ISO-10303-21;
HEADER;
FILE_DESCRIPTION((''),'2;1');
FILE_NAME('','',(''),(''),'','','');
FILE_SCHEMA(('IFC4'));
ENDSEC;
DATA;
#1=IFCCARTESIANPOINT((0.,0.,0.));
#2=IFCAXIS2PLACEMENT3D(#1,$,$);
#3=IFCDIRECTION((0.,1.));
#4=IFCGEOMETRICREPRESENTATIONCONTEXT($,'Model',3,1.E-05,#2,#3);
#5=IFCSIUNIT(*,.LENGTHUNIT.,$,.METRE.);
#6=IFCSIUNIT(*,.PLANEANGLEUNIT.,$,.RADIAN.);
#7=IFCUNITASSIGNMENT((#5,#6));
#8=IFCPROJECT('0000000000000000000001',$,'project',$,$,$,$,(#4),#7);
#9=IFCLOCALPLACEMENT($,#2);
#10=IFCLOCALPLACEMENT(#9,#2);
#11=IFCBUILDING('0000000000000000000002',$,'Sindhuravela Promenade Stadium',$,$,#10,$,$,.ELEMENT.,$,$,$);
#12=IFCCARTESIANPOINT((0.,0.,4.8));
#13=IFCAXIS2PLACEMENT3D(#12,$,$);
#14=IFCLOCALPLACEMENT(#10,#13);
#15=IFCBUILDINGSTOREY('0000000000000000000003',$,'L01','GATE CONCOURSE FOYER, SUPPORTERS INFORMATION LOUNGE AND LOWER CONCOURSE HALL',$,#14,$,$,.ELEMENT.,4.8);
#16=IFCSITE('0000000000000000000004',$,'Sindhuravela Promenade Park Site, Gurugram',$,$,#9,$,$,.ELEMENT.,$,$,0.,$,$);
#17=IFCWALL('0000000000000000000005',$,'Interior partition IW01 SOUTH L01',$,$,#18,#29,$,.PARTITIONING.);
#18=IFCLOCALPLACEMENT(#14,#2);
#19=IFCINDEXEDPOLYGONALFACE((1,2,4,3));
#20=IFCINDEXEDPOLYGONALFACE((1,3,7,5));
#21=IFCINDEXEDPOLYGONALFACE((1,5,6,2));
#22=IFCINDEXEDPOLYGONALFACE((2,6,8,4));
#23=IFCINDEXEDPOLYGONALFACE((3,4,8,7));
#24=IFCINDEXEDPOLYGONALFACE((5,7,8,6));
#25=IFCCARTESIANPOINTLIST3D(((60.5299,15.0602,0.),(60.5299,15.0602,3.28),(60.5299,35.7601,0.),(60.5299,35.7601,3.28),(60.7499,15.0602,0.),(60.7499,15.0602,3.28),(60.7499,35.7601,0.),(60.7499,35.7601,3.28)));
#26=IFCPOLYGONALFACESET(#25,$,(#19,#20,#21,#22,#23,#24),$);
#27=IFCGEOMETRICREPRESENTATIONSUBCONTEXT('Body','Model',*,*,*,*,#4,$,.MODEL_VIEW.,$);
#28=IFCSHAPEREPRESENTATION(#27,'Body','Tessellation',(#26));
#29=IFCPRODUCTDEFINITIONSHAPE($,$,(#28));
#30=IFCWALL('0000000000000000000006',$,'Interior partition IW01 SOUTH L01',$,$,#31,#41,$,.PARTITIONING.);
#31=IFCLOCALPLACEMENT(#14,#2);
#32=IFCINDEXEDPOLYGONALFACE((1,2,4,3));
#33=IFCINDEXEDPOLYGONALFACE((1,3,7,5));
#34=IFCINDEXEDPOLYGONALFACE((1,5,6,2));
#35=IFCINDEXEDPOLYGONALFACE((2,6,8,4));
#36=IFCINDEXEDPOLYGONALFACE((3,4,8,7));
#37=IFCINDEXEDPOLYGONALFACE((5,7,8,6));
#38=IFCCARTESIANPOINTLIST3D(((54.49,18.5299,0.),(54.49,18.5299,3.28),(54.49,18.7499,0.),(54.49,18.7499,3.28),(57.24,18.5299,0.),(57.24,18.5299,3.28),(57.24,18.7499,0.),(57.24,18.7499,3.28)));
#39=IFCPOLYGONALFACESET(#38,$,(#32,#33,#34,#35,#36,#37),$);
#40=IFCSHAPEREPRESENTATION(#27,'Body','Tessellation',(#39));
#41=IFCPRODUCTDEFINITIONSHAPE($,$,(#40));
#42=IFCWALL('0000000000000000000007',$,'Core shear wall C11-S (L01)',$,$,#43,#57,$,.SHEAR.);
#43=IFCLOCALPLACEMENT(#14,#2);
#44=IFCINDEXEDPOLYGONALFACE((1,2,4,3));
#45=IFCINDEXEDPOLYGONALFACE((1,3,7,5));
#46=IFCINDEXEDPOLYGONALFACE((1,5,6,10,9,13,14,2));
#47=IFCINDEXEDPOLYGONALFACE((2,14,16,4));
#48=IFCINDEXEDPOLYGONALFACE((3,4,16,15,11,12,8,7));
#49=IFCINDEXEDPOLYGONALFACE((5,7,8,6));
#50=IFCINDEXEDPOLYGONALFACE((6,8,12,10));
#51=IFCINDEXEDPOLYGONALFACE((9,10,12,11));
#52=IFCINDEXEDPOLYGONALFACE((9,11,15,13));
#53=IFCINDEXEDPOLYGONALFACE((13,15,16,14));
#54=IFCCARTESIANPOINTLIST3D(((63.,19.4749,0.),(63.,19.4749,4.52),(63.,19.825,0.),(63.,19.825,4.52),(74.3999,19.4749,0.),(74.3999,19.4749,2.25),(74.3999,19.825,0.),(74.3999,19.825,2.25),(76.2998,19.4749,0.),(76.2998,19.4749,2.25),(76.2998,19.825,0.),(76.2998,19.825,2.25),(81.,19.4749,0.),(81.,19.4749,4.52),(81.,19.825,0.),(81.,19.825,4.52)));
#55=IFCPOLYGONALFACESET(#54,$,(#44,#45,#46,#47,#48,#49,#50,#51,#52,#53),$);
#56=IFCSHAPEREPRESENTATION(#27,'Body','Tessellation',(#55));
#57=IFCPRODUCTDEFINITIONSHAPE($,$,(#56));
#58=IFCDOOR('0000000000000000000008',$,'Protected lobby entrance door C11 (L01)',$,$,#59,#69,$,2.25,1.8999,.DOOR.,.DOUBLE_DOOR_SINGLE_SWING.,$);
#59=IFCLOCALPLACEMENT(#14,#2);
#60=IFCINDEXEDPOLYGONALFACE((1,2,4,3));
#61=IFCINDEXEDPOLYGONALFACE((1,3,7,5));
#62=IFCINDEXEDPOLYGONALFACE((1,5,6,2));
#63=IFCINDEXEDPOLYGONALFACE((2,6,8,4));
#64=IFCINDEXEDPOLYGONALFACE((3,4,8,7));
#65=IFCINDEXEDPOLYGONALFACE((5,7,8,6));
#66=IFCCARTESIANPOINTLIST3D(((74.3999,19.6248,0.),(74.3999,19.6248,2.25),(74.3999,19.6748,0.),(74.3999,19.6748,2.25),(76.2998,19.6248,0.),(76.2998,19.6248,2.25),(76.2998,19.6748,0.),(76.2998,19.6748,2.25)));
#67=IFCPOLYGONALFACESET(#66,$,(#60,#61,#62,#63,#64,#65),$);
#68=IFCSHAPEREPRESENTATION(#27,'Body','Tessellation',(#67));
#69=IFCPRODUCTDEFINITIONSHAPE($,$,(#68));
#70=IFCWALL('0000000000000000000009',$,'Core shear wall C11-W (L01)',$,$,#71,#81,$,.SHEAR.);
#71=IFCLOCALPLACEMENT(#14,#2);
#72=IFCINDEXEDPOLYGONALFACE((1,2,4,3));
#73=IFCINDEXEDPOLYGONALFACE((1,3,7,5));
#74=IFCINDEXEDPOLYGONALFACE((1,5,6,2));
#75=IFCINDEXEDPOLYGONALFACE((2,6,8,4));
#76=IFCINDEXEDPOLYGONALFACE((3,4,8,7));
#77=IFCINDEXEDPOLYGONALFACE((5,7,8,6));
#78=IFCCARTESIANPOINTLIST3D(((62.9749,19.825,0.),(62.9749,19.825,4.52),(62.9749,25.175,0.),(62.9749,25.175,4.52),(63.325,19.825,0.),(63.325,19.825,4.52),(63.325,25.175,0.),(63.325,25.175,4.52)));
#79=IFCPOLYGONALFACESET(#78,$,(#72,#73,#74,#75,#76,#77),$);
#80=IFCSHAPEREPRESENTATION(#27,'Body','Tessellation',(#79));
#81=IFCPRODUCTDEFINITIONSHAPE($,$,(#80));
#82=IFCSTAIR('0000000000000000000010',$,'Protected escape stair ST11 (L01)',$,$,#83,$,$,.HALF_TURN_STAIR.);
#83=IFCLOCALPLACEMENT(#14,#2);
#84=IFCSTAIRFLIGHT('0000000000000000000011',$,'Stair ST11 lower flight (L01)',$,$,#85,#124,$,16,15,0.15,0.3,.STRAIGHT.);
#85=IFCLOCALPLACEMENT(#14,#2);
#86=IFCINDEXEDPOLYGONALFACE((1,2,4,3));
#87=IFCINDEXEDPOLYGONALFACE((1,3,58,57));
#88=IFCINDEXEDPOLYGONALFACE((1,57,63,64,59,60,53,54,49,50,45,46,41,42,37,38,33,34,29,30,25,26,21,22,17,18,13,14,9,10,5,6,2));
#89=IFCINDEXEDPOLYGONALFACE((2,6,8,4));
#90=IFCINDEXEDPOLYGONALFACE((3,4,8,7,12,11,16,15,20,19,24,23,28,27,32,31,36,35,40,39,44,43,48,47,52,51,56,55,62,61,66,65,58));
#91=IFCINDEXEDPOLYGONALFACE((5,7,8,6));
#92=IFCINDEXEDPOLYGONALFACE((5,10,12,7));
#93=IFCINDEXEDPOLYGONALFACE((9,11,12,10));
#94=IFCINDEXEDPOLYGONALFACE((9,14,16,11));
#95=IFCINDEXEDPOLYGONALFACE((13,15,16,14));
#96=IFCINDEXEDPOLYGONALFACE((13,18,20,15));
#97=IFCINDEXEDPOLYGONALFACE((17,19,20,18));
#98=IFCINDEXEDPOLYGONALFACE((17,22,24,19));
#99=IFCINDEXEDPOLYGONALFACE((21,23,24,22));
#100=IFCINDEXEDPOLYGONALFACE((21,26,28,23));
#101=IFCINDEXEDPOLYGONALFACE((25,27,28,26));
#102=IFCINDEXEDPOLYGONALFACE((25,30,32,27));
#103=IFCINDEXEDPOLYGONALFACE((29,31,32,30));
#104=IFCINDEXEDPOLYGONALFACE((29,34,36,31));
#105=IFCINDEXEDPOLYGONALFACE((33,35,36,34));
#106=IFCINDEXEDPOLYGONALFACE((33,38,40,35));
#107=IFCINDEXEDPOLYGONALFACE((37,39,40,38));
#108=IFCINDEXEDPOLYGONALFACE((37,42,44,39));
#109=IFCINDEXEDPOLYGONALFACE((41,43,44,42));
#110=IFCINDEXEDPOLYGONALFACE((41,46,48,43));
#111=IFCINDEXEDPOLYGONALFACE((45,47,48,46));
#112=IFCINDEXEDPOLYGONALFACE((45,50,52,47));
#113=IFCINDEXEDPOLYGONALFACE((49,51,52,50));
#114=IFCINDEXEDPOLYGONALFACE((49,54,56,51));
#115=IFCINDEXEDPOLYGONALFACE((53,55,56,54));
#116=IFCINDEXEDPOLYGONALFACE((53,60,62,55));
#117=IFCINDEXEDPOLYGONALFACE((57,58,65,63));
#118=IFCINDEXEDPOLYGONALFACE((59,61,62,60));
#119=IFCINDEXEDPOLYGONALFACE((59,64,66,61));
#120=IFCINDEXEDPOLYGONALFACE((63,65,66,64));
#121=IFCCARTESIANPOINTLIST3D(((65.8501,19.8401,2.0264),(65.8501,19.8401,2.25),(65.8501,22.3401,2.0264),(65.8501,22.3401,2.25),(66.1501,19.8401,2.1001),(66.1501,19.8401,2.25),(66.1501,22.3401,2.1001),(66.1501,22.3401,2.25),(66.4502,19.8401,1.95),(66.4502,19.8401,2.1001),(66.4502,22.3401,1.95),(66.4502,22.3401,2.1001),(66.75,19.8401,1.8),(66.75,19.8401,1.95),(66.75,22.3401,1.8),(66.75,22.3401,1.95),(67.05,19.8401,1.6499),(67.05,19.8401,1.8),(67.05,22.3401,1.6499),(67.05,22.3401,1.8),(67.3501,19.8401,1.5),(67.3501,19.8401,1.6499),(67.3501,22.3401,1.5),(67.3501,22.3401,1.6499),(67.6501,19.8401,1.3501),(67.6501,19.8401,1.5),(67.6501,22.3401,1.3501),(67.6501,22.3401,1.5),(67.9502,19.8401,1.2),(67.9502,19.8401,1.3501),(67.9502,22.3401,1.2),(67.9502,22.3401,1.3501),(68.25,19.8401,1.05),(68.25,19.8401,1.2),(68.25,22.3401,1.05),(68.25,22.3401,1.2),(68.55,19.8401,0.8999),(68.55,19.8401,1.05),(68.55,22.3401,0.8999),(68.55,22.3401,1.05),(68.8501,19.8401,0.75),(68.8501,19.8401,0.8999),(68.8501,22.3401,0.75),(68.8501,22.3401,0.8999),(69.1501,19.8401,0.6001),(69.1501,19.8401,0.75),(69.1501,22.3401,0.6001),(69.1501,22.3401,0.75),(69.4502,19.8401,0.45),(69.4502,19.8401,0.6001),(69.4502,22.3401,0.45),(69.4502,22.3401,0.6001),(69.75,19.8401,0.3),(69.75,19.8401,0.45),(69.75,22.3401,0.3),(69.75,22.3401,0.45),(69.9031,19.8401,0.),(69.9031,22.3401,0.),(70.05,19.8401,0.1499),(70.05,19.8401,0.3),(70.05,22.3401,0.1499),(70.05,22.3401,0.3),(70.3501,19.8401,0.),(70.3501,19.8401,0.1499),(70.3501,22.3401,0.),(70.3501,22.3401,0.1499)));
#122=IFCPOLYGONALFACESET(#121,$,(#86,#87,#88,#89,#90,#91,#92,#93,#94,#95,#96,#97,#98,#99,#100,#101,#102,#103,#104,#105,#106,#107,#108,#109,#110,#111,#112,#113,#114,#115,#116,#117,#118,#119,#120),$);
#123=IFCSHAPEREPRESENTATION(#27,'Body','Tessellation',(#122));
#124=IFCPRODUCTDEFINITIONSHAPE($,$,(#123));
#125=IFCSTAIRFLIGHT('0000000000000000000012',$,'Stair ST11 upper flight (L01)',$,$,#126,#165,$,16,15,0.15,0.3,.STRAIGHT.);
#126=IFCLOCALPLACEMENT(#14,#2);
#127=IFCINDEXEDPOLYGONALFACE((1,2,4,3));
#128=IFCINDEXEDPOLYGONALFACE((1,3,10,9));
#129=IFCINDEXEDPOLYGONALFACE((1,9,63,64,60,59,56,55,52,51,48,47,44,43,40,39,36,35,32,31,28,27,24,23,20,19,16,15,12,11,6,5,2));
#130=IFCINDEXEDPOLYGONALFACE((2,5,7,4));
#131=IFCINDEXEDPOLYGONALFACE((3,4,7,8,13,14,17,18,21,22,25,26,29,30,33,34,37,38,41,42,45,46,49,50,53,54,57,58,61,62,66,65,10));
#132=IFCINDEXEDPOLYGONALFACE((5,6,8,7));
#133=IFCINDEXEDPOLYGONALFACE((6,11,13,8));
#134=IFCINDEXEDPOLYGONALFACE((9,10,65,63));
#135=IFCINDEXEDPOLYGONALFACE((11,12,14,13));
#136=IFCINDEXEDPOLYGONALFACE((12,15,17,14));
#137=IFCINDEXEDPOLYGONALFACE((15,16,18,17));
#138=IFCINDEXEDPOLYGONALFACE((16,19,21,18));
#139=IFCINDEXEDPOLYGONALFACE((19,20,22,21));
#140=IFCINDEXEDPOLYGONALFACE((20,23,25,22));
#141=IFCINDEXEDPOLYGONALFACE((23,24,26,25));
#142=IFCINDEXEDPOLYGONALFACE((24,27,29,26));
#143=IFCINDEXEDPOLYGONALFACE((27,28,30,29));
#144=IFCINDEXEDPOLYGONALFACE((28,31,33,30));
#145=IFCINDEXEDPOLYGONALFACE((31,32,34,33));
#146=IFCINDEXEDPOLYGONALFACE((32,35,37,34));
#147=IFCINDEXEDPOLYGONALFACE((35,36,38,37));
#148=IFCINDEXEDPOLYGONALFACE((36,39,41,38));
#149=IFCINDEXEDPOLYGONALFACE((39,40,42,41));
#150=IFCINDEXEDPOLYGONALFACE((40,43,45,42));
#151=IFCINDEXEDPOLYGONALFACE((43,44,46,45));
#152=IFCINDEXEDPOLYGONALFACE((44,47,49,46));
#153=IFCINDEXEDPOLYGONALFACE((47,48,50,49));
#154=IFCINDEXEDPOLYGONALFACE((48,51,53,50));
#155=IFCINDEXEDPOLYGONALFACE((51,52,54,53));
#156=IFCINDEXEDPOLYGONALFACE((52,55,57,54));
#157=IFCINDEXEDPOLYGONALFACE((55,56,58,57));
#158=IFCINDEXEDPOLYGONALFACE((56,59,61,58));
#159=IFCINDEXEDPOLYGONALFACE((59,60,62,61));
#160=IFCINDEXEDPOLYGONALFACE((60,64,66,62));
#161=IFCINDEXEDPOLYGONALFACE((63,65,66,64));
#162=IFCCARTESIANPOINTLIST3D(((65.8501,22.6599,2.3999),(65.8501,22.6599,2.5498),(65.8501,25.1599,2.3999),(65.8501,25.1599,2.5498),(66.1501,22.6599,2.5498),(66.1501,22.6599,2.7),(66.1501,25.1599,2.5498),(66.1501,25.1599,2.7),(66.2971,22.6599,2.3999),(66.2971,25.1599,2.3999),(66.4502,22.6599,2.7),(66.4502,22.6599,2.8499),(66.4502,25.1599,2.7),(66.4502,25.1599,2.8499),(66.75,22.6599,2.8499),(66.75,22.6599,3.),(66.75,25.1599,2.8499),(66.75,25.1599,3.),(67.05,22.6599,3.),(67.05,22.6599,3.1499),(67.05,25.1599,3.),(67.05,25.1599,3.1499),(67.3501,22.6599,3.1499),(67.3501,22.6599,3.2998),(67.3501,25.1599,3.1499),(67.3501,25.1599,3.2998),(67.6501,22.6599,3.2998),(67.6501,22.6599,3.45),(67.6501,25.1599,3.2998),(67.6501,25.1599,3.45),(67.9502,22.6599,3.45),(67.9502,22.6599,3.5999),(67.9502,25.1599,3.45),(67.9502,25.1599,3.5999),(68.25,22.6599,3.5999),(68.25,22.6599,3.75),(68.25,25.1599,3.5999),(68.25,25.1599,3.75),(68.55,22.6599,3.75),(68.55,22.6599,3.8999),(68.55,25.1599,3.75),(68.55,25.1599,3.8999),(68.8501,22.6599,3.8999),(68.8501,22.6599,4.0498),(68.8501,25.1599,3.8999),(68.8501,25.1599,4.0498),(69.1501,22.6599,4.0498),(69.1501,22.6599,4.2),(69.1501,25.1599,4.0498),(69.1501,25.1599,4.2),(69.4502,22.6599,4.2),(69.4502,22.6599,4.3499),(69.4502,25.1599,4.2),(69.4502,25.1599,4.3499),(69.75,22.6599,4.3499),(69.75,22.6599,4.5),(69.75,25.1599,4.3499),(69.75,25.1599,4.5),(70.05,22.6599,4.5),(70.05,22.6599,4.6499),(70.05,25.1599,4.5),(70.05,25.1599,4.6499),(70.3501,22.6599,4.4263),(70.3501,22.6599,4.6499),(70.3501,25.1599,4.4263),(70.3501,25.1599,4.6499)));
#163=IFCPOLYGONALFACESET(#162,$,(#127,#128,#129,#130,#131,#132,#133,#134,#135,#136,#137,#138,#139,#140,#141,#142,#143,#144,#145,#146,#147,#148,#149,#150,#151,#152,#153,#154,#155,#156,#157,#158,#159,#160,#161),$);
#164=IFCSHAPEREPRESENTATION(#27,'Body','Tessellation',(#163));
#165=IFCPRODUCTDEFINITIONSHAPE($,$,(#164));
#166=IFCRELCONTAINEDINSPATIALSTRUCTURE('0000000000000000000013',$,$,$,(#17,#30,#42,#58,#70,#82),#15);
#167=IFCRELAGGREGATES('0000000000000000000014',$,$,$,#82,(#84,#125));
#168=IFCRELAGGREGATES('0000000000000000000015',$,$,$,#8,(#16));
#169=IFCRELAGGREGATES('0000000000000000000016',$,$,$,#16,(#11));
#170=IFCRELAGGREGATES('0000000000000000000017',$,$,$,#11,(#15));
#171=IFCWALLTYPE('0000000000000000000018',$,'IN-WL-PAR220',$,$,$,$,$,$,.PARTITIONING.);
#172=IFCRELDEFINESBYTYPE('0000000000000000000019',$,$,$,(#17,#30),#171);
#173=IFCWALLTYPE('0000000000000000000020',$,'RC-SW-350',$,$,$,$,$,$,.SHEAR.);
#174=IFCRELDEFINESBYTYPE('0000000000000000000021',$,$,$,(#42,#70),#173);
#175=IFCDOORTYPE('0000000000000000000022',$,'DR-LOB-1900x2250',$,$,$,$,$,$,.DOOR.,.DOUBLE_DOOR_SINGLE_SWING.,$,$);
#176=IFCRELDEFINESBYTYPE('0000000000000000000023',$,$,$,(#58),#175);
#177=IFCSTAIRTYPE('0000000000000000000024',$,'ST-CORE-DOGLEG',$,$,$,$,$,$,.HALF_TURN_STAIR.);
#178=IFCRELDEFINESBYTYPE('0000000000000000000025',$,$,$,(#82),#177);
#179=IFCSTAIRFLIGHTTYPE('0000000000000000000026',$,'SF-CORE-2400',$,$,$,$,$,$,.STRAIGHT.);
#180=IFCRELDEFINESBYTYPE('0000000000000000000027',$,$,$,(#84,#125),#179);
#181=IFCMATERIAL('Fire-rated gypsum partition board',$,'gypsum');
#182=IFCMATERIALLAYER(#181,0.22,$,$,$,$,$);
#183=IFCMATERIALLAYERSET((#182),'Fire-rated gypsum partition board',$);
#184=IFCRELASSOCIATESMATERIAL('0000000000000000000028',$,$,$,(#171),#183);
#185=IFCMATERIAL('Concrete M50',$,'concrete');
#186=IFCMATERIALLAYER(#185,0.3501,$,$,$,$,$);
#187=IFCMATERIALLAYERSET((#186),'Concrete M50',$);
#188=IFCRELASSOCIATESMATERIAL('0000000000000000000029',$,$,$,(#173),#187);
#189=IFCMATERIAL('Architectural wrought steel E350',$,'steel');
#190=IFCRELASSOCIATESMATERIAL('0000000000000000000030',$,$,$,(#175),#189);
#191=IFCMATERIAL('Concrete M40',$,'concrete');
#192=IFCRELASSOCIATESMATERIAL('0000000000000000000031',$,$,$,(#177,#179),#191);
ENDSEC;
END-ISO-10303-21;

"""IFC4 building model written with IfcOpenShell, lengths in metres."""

from ifc_helpers import new_model, si_unit, direction, frame, frame_2d, origin, place, context, subcontext, project, spatial, polyline, rectangle, outline, extrude, material, layer, layer_set, type_object, element, fill, aggregate, save


model = new_model("IFC4")

# Units and contexts
model_context = context("Model", 3, precision=1e-05, world=origin(), true_north=direction((0.0, 1.0)))
body_context = subcontext(model_context, "Body", "Model", "MODEL_VIEW")
ifc_project = project(units=[si_unit("LENGTHUNIT", "METRE"), si_unit("PLANEANGLEUNIT", "RADIAN")], contexts=[model_context])

# Site, building, storey
site_placement = place(None, origin())
site = spatial("IfcSite", under=ifc_project, at=site_placement, Name="Sindhuravela Promenade Park Site, Gurugram", CompositionType="ELEMENT", RefElevation=0.0)
building_placement = place(site_placement, origin())
building = spatial("IfcBuilding", under=site, at=building_placement, Name="Sindhuravela Promenade Stadium", CompositionType="ELEMENT")
storey_placement = place(building_placement, frame((0.0, 0.0, 4.8)))
storey = spatial("IfcBuildingStorey", under=building, at=storey_placement, Name="L01", Description="GATE CONCOURSE FOYER, SUPPORTERS INFORMATION LOUNGE AND LOWER CONCOURSE HALL", CompositionType="ELEMENT", Elevation=4.8)

# Shared definitions
ifc_material_1 = material(Name="Concrete M40", Category="concrete")

# Shared definitions
ifc_material_2 = material(Name="Fire-rated gypsum partition board", Category="gypsum")

# Walls
ifc_layer_1 = layer(ifc_material_2, 0.22)
ifc_layer_set_1 = layer_set([ifc_layer_1], Name="Fire-rated gypsum partition board")
wall_type_1 = type_object("IfcWallType", Name="IN-WL-PAR220", PredefinedType="PARTITIONING", material=ifc_layer_set_1)
wall_1_placement = place(storey_placement, frame((60.6399, 15.0601, 0.0), z_axis=(0.0, 0.0, 1.0), x_axis=(0.0, 1.0, 0.0)))
element("IfcWall", 1, at=wall_1_placement, inside=storey, type_object=wall_type_1, Name="Interior partition IW01 SOUTH L01", PredefinedType="PARTITIONING", context=body_context, shape_type="SweptSolid", body=[
    extrude(rectangle(XDim=20.7, YDim=0.22, at=frame_2d((10.3501, 0.0))), origin(), (0.0, 0.0, 1.0), 3.28),
])
wall_2_placement = place(storey_placement, frame((57.24, 18.6399, 0.0), z_axis=(0.0, 0.0, 1.0), x_axis=(-1.0, 0.0, 0.0)))
element("IfcWall", 2, at=wall_2_placement, inside=storey, type_object=wall_type_1, Name="Interior partition IW01 SOUTH L01", PredefinedType="PARTITIONING", context=body_context, shape_type="SweptSolid", body=[
    extrude(rectangle(XDim=2.75, YDim=0.22, at=frame_2d((1.375, 0.0))), origin(), (0.0, 0.0, 1.0), 3.28),
])

# Wall, opening, door
ifc_material_3 = material(Name="Concrete M50", Category="concrete")
ifc_layer_2 = layer(ifc_material_3, 0.3501)
ifc_layer_set_2 = layer_set([ifc_layer_2], Name="Concrete M50")
wall_type_2 = type_object("IfcWallType", Name="RC-SW-350", PredefinedType="SHEAR", material=ifc_layer_set_2)
wall_3_placement = place(storey_placement, frame((63.0, 19.6499, 0.0), z_axis=(0.0, 0.0, 1.0), x_axis=(1.0, 0.0, 0.0)))
wall_3 = element("IfcWall", 3, at=wall_3_placement, inside=storey, type_object=wall_type_2, Name="Core shear wall C11-S (L01)", PredefinedType="SHEAR", context=body_context, shape_type="SweptSolid", body=[
    extrude(rectangle(XDim=18.0, YDim=0.3501, at=frame_2d((9.0, 0.0))), origin(), (0.0, 0.0, 1.0), 4.52),
])
opening_1_placement = place(wall_3_placement, frame((11.3999, 0.0, 0.0)))
opening_1 = element("IfcOpeningElement", 4, at=opening_1_placement, cuts=wall_3, PredefinedType="OPENING", context=body_context, shape_type="SweptSolid", body=[
    extrude(rectangle(XDim=1.8999, YDim=2.25, at=frame_2d((0.95, 1.125))), frame((0.0, 0.1851, 0.0), z_axis=(0.0, -1.0, 0.0), x_axis=(1.0, 0.0, 0.0)), (0.0, 0.0, 1.0), 0.3701),
])
ifc_material_4 = material(Name="Architectural wrought steel E350", Category="steel")
door_type_1 = type_object("IfcDoorType", Name="DR-LOB-1900x2250", OperationType="DOUBLE_DOOR_SINGLE_SWING", PredefinedType="DOOR", material=ifc_material_4)
door_1_placement = place(opening_1_placement, origin())
door_1 = element("IfcDoor", 5, at=door_1_placement, inside=storey, type_object=door_type_1, Name="Protected lobby entrance door C11 (L01)", OperationType="DOUBLE_DOOR_SINGLE_SWING", OverallHeight=2.25, OverallWidth=1.8999, PredefinedType="DOOR", context=body_context, shape_type="SweptSolid", body=[
    extrude(rectangle(XDim=1.8999, YDim=2.25, at=frame_2d((0.95, 1.125))), frame((0.0, 0.0249, 0.0), z_axis=(0.0, -1.0, 0.0), x_axis=(1.0, 0.0, 0.0)), (0.0, 0.0, 1.0), 0.05),
])
fill(opening_1, door_1)

# Wall
wall_4_placement = place(storey_placement, frame((63.1499, 25.175, 0.0), z_axis=(0.0, 0.0, 1.0), x_axis=(0.0, -1.0, 0.0)))
element("IfcWall", 6, at=wall_4_placement, inside=storey, type_object=wall_type_2, Name="Core shear wall C11-W (L01)", PredefinedType="SHEAR", context=body_context, shape_type="SweptSolid", body=[
    extrude(rectangle(XDim=5.3501, YDim=0.3501, at=frame_2d((2.675, 0.0))), origin(), (0.0, 0.0, 1.0), 4.52),
])

# Stair, stair flights
stair_type = type_object("IfcStairType", Name="ST-CORE-DOGLEG", PredefinedType="HALF_TURN_STAIR", material=ifc_material_1)
stair_placement = place(storey_placement, origin())
stair = element("IfcStair", 7, at=stair_placement, inside=storey, type_object=stair_type, Name="Protected escape stair ST11 (L01)", PredefinedType="HALF_TURN_STAIR")
stair_flight_type = type_object("IfcStairFlightType", Name="SF-CORE-2400", PredefinedType="STRAIGHT", material=ifc_material_1)
stair_flight_1_placement = place(storey_placement, frame((70.3501, 21.0901, 0.0), z_axis=(0.0, 0.0, 1.0), x_axis=(-1.0, 0.0, 0.0)))
stair_flight_1 = element("IfcStairFlight", 8, at=stair_flight_1_placement, type_object=stair_flight_type, Name="Stair ST11 lower flight (L01)", NumberOfRisers=16, NumberOfTreads=15, PredefinedType="STRAIGHT", RiserHeight=0.15, TreadLength=0.3, context=body_context, shape_type="SweptSolid", body=[
    extrude(outline(polyline([(0.0, 0.0), (0.0, 0.1499), (0.3, 0.1499), (0.3, 0.3), (0.6001, 0.3), (0.6001, 0.45), (0.8999, 0.45), (0.8999, 0.6001), (1.2, 0.6001), (1.2, 0.75), (1.5, 0.75), (1.5, 0.8999), (1.8, 0.8999), (1.8, 1.05), (2.1001, 1.05), (2.1001, 1.2), (2.3999, 1.2), (2.3999, 1.3501), (2.7, 1.3501), (2.7, 1.5), (3.0, 1.5), (3.0, 1.6499), (3.3, 1.6499), (3.3, 1.8), (3.6001, 1.8), (3.6001, 1.95), (3.8999, 1.95), (3.8999, 2.1001), (4.2, 2.1001), (4.2, 2.25), (4.5, 2.25), (4.5, 2.3999), (4.5, 2.0264), (0.447, 0.0), (0.0, 0.0)])), frame((0.0, 1.25, 0.0), z_axis=(0.0, -1.0, 0.0), x_axis=(1.0, 0.0, 0.0)), (0.0, 0.0, 1.0), 2.5),
])
stair_flight_2_placement = place(storey_placement, frame((65.8501, 23.9099, 2.3999), z_axis=(0.0, 0.0, 1.0), x_axis=(1.0, 0.0, 0.0)))
stair_flight_2 = element("IfcStairFlight", 9, at=stair_flight_2_placement, type_object=stair_flight_type, Name="Stair ST11 upper flight (L01)", NumberOfRisers=16, NumberOfTreads=15, PredefinedType="STRAIGHT", RiserHeight=0.15, TreadLength=0.3, context=body_context, shape_type="SweptSolid", body=[
    extrude(outline(polyline([(0.0, 0.0), (0.0, 0.1499), (0.3, 0.1499), (0.3, 0.3), (0.6001, 0.3), (0.6001, 0.45), (0.8999, 0.45), (0.8999, 0.6001), (1.2, 0.6001), (1.2, 0.75), (1.5, 0.75), (1.5, 0.8999), (1.8, 0.8999), (1.8, 1.05), (2.1001, 1.05), (2.1001, 1.2), (2.3999, 1.2), (2.3999, 1.3501), (2.7, 1.3501), (2.7, 1.5), (3.0, 1.5), (3.0, 1.6499), (3.3, 1.6499), (3.3, 1.8), (3.6001, 1.8), (3.6001, 1.95), (3.8999, 1.95), (3.8999, 2.1001), (4.2, 2.1001), (4.2, 2.25), (4.5, 2.25), (4.5, 2.3999), (4.5, 2.0264), (0.447, 0.0), (0.0, 0.0)])), frame((0.0, 1.25, 0.0), z_axis=(0.0, -1.0, 0.0), x_axis=(1.0, 0.0, 0.0)), (0.0, 0.0, 1.0), 2.5),
])
aggregate(stair, [stair_flight_1, stair_flight_2])

save(model, "model.ifc")
